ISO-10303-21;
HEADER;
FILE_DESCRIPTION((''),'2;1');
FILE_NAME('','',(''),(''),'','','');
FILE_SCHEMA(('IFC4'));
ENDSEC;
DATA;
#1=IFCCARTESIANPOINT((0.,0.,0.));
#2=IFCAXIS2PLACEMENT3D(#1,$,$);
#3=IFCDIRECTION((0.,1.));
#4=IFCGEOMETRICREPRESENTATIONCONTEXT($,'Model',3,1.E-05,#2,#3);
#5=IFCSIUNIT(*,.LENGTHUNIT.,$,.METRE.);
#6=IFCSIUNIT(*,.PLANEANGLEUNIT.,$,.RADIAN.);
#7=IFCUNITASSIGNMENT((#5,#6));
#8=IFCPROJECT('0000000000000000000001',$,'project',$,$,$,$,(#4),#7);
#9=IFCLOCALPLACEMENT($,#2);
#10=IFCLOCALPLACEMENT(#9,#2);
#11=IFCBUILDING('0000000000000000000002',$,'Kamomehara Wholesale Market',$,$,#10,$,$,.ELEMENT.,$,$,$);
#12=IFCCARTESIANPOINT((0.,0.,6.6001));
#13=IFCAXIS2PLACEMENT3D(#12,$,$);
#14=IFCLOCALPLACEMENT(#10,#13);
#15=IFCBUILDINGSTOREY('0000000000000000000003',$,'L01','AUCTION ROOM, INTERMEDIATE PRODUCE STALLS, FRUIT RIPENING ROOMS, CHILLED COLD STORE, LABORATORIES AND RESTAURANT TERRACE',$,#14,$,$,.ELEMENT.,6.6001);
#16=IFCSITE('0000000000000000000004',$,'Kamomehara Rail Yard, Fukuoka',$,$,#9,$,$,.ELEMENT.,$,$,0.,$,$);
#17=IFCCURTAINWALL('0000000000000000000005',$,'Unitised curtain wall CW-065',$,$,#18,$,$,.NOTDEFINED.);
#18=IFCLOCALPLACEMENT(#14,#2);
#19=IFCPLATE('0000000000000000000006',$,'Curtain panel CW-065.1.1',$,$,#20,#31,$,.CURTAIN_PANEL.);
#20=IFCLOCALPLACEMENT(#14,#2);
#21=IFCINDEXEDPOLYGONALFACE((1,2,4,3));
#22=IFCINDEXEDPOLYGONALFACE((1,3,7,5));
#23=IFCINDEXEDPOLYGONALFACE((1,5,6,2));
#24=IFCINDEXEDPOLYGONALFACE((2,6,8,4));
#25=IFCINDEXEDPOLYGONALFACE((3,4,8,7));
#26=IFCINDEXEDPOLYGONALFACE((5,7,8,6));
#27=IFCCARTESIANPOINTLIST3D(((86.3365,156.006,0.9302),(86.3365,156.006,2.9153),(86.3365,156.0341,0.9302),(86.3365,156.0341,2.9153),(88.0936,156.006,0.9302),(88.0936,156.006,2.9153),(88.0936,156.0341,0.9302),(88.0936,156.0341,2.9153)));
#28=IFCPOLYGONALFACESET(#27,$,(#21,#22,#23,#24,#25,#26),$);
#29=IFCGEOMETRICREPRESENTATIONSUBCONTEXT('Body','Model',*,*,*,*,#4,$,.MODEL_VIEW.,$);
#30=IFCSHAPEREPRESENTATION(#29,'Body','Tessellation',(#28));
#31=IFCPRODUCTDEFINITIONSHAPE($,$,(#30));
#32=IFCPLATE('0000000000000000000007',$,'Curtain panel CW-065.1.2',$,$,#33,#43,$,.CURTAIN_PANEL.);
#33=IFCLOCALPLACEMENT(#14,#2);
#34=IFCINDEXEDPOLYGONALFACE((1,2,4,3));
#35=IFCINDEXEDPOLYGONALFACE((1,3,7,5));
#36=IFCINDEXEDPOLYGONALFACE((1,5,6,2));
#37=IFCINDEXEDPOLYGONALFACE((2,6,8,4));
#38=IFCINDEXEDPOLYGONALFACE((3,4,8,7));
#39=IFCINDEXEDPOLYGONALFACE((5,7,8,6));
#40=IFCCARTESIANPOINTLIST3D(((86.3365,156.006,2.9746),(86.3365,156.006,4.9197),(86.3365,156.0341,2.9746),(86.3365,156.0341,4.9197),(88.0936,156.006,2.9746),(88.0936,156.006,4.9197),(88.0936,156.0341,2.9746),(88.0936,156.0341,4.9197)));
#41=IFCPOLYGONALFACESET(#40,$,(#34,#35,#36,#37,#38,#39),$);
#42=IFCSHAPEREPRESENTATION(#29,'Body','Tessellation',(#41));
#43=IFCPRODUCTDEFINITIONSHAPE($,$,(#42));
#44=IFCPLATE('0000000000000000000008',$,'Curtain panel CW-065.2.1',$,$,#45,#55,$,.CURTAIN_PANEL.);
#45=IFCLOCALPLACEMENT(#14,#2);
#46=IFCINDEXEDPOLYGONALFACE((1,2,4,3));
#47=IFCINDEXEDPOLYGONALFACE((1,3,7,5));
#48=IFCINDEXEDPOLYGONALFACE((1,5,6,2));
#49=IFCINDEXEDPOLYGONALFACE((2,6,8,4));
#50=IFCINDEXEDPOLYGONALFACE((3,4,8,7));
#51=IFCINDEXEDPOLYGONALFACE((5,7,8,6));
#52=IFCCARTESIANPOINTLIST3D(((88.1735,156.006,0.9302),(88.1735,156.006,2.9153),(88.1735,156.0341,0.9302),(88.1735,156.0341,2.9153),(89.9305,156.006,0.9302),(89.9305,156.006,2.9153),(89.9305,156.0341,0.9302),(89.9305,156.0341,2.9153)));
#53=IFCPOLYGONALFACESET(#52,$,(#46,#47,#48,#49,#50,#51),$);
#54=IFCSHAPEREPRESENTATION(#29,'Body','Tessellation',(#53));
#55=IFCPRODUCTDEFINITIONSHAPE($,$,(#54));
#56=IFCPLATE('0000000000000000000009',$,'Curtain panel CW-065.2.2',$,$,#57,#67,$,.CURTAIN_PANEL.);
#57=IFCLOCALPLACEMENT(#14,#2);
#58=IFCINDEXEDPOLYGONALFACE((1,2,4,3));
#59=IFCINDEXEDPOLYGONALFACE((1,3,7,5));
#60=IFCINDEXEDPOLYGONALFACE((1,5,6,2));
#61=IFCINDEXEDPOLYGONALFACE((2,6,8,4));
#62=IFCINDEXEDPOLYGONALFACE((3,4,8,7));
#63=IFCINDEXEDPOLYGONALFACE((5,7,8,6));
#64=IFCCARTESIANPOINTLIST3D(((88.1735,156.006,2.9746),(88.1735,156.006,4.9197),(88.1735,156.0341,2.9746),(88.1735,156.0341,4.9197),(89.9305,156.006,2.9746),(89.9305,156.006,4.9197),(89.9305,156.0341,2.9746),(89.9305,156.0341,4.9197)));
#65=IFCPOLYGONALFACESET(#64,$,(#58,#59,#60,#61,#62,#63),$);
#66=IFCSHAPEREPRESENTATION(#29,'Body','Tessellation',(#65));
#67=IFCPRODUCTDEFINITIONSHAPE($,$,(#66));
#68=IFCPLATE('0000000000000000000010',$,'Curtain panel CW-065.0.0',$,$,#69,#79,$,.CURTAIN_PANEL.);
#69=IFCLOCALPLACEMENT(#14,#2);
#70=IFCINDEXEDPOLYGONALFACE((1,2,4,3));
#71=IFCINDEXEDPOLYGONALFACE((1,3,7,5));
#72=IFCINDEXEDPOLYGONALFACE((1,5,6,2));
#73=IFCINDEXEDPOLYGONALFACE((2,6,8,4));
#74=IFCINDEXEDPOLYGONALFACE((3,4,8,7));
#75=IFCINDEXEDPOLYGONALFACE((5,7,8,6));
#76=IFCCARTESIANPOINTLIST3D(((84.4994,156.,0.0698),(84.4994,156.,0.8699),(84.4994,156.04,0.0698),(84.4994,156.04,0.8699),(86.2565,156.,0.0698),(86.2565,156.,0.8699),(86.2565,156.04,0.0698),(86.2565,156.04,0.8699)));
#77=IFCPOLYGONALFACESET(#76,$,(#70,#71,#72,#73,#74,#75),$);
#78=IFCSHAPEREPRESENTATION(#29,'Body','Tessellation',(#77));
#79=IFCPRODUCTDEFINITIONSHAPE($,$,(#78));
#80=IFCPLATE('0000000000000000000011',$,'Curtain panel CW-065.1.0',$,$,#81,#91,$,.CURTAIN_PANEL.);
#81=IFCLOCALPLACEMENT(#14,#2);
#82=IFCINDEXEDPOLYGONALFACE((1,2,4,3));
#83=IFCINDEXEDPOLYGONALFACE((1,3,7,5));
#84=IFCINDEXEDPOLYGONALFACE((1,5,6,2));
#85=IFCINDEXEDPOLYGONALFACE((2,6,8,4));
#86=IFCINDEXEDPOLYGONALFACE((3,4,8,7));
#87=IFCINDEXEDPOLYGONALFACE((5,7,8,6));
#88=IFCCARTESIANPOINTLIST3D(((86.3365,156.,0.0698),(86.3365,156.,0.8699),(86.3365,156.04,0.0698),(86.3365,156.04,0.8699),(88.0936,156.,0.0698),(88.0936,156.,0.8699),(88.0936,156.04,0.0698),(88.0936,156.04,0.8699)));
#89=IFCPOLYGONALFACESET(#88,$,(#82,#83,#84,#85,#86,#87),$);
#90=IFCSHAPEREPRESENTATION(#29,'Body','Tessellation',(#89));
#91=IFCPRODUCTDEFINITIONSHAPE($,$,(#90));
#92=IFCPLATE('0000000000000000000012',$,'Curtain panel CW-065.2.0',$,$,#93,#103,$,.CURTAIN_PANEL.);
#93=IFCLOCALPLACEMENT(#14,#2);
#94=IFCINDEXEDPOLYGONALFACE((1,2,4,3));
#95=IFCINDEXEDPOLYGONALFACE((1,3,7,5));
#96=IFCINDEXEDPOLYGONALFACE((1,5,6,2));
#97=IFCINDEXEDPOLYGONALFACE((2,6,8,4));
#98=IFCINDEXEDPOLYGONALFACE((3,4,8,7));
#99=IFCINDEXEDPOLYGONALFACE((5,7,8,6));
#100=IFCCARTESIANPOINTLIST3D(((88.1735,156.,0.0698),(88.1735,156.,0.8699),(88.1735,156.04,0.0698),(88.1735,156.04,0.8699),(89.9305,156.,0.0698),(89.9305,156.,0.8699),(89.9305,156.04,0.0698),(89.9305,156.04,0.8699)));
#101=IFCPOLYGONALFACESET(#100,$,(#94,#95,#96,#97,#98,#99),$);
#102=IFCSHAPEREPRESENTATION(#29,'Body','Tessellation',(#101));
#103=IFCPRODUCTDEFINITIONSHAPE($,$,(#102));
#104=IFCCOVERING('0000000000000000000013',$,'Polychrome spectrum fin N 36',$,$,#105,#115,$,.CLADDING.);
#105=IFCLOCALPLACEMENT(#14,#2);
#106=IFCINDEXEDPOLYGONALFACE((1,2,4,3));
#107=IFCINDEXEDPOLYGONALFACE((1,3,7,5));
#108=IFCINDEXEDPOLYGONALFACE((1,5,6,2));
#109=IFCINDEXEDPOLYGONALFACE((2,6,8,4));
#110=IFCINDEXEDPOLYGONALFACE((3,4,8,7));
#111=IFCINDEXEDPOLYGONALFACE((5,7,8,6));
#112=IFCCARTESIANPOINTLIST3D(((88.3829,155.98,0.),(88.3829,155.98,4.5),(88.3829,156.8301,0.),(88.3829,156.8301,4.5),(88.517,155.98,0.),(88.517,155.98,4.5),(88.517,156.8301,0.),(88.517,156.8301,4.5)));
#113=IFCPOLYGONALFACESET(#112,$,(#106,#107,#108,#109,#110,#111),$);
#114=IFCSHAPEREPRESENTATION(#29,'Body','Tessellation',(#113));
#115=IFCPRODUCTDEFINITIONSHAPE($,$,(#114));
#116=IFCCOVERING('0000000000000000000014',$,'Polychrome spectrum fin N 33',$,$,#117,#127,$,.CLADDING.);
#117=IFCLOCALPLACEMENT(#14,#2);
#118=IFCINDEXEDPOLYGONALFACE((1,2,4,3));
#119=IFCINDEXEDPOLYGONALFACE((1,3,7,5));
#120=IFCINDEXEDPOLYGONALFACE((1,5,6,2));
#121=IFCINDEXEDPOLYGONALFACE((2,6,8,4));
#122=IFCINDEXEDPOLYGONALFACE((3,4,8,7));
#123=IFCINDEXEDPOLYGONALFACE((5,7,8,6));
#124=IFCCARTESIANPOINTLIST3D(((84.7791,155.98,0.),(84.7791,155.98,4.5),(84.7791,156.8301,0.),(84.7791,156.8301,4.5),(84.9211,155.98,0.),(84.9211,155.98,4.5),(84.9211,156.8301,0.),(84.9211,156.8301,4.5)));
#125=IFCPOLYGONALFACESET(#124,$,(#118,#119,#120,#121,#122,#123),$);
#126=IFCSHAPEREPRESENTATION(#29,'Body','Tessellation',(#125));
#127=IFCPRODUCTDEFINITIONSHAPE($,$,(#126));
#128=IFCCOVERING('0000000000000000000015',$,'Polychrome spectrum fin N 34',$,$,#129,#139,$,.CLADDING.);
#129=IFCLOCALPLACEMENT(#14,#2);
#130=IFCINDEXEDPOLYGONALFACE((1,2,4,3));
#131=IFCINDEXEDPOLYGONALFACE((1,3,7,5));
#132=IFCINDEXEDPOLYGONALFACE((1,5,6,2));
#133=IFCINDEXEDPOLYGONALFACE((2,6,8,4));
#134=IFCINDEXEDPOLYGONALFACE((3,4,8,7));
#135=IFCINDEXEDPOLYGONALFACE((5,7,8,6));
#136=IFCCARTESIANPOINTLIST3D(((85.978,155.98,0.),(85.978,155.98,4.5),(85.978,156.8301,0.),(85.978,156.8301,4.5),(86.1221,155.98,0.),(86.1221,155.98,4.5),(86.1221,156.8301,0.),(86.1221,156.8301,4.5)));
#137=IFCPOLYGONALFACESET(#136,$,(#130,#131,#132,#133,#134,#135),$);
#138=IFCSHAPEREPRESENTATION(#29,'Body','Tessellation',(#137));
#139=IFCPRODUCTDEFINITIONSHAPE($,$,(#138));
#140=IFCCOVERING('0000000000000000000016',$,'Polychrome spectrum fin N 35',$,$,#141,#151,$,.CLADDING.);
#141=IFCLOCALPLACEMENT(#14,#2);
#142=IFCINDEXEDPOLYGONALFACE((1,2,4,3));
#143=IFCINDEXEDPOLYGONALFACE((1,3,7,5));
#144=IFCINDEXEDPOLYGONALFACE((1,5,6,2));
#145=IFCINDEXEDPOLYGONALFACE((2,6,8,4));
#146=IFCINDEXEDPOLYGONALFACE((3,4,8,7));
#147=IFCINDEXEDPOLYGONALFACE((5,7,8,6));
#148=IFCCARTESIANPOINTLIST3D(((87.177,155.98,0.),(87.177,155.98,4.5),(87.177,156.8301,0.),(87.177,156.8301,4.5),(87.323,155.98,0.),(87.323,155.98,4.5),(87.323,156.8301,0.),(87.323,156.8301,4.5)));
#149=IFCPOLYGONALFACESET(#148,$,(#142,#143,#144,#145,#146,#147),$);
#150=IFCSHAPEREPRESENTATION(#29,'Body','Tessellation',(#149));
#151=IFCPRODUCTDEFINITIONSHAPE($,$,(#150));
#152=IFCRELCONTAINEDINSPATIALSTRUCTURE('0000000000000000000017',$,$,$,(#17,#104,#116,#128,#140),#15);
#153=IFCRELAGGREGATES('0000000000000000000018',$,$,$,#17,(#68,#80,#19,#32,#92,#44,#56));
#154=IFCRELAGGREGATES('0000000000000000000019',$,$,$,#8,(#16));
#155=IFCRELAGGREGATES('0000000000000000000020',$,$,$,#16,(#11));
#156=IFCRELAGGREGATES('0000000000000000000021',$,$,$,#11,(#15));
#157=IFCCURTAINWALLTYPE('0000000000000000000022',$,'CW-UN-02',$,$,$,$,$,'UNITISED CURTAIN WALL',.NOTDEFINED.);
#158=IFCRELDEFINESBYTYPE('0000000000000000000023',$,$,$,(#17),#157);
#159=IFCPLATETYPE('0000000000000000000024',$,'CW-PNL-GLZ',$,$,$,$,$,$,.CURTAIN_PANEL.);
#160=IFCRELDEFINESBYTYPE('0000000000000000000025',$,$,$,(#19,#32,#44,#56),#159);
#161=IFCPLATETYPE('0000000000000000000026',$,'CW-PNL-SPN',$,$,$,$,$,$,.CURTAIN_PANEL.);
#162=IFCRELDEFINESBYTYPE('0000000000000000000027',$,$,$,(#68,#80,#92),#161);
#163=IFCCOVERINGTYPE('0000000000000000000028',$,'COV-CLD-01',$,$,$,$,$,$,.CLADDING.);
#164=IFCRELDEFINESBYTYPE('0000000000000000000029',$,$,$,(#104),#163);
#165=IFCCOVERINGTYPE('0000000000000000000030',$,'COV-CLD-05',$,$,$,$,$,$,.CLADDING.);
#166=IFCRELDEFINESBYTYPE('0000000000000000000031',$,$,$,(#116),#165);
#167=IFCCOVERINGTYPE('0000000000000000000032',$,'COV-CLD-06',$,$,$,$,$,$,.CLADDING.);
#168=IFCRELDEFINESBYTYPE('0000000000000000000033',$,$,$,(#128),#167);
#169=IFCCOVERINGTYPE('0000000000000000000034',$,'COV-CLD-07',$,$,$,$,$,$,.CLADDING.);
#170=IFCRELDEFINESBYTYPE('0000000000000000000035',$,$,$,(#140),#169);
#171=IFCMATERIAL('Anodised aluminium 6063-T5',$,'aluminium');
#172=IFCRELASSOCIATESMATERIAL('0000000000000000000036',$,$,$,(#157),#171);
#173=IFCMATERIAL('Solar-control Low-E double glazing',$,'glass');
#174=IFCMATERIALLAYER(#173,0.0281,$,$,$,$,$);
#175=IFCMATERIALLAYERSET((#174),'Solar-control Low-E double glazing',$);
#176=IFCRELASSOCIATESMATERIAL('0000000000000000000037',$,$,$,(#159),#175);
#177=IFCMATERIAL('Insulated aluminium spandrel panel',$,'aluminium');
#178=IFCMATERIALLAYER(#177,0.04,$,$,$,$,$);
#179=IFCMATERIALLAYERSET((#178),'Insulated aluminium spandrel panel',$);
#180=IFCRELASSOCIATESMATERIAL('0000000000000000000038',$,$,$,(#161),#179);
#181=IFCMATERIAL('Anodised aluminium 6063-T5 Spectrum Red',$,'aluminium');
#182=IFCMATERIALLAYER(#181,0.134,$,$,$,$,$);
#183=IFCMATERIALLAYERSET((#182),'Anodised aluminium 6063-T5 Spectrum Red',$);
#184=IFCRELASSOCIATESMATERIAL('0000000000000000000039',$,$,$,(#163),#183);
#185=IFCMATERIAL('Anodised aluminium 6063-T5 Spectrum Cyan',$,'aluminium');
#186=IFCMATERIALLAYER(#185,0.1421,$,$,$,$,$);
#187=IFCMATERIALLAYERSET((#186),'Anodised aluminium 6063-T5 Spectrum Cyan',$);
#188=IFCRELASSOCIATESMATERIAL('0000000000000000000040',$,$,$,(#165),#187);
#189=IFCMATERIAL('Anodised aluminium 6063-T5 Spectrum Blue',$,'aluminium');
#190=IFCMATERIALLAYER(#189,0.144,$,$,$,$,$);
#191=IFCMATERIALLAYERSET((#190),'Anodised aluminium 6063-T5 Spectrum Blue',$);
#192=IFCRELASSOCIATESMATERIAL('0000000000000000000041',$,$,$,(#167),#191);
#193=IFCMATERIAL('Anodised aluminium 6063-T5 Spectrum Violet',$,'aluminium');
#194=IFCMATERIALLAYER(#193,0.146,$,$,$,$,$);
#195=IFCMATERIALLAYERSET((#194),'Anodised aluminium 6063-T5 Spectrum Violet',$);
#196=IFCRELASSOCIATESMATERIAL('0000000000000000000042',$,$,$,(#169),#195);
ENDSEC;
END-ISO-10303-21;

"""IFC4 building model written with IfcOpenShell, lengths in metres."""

from ifc_helpers import new_model, si_unit, direction, frame, origin, origin_2d, place, context, subcontext, project, spatial, rectangle, extrude, material, layer, layer_set, type_object, element, aggregate, save


model = new_model("IFC4")

# Units and contexts
model_context = context("Model", 3, precision=1e-05, world=origin(), true_north=direction((0.0, 1.0)))
body_context = subcontext(model_context, "Body", "Model", "MODEL_VIEW")
ifc_project = project(units=[si_unit("LENGTHUNIT", "METRE"), si_unit("PLANEANGLEUNIT", "RADIAN")], contexts=[model_context])

# Site, building, storey
site_placement = place(None, origin())
site = spatial("IfcSite", under=ifc_project, at=site_placement, Name="Kamomehara Rail Yard, Fukuoka", CompositionType="ELEMENT", RefElevation=0.0)
building_placement = place(site_placement, origin())
building = spatial("IfcBuilding", under=site, at=building_placement, Name="Kamomehara Wholesale Market", CompositionType="ELEMENT")
storey_placement = place(building_placement, frame((0.0, 0.0, 6.6001)))
storey = spatial("IfcBuildingStorey", under=building, at=storey_placement, Name="L01", Description="AUCTION ROOM, INTERMEDIATE PRODUCE STALLS, FRUIT RIPENING ROOMS, CHILLED COLD STORE, LABORATORIES AND RESTAURANT TERRACE", CompositionType="ELEMENT", Elevation=6.6001)

# Curtain wall
ifc_material_1 = material(Name="Anodised aluminium 6063-T5", Category="aluminium")
curtain_wall_type = type_object("IfcCurtainWallType", Name="CW-UN-02", ElementType="UNITISED CURTAIN WALL", PredefinedType="NOTDEFINED", material=ifc_material_1)
curtain_wall_1_placement = place(storey_placement, origin())
curtain_wall_1 = element("IfcCurtainWall", 1, at=curtain_wall_1_placement, inside=storey, type_object=curtain_wall_type, Name="Unitised curtain wall CW-065", PredefinedType="NOTDEFINED")

# Plates
ifc_material_2 = material(Name="Solar-control Low-E double glazing", Category="glass")
ifc_layer_1 = layer(ifc_material_2, 0.0281)
ifc_layer_set_1 = layer_set([ifc_layer_1], Name="Solar-control Low-E double glazing")
plate_type_1 = type_object("IfcPlateType", Name="CW-PNL-GLZ", PredefinedType="CURTAIN_PANEL", material=ifc_layer_set_1)
plate_1_placement = place(storey_placement, frame((87.2151, 156.02, 0.9302), z_axis=(0.0, 0.0, 1.0), x_axis=(1.0, 0.0, 0.0)))
plate_1 = element("IfcPlate", 2, at=plate_1_placement, type_object=plate_type_1, Name="Curtain panel CW-065.1.1", PredefinedType="CURTAIN_PANEL", context=body_context, shape_type="SweptSolid", body=[
    extrude(rectangle(XDim=1.7571, YDim=0.0281, at=origin_2d()), origin(), (0.0, 0.0, 1.0), 1.9851),
])
plate_2_placement = place(storey_placement, frame((87.2151, 156.02, 2.9746), z_axis=(0.0, 0.0, 1.0), x_axis=(1.0, 0.0, 0.0)))
plate_2 = element("IfcPlate", 3, at=plate_2_placement, type_object=plate_type_1, Name="Curtain panel CW-065.1.2", PredefinedType="CURTAIN_PANEL", context=body_context, shape_type="SweptSolid", body=[
    extrude(rectangle(XDim=1.7571, YDim=0.0281, at=origin_2d()), origin(), (0.0, 0.0, 1.0), 1.9451),
])
plate_3_placement = place(storey_placement, frame((89.052, 156.02, 0.9302), z_axis=(0.0, 0.0, 1.0), x_axis=(1.0, 0.0, 0.0)))
plate_3 = element("IfcPlate", 4, at=plate_3_placement, type_object=plate_type_1, Name="Curtain panel CW-065.2.1", PredefinedType="CURTAIN_PANEL", context=body_context, shape_type="SweptSolid", body=[
    extrude(rectangle(XDim=1.7571, YDim=0.0281, at=origin_2d()), origin(), (0.0, 0.0, 1.0), 1.9851),
])
plate_4_placement = place(storey_placement, frame((89.052, 156.02, 2.9746), z_axis=(0.0, 0.0, 1.0), x_axis=(1.0, 0.0, 0.0)))
plate_4 = element("IfcPlate", 5, at=plate_4_placement, type_object=plate_type_1, Name="Curtain panel CW-065.2.2", PredefinedType="CURTAIN_PANEL", context=body_context, shape_type="SweptSolid", body=[
    extrude(rectangle(XDim=1.7571, YDim=0.0281, at=origin_2d()), origin(), (0.0, 0.0, 1.0), 1.9451),
])
ifc_material_3 = material(Name="Insulated aluminium spandrel panel", Category="aluminium")
ifc_layer_2 = layer(ifc_material_3, 0.04)
ifc_layer_set_2 = layer_set([ifc_layer_2], Name="Insulated aluminium spandrel panel")
plate_type_2 = type_object("IfcPlateType", Name="CW-PNL-SPN", PredefinedType="CURTAIN_PANEL", material=ifc_layer_set_2)
plate_5_placement = place(storey_placement, frame((85.3779, 156.02, 0.0698), z_axis=(0.0, 0.0, 1.0), x_axis=(1.0, 0.0, 0.0)))
plate_5 = element("IfcPlate", 6, at=plate_5_placement, type_object=plate_type_2, Name="Curtain panel CW-065.0.0", PredefinedType="CURTAIN_PANEL", context=body_context, shape_type="SweptSolid", body=[
    extrude(rectangle(XDim=1.7571, YDim=0.04, at=origin_2d()), origin(), (0.0, 0.0, 1.0), 0.8),
])
plate_6_placement = place(storey_placement, frame((87.2151, 156.02, 0.0698), z_axis=(0.0, 0.0, 1.0), x_axis=(1.0, 0.0, 0.0)))
plate_6 = element("IfcPlate", 7, at=plate_6_placement, type_object=plate_type_2, Name="Curtain panel CW-065.1.0", PredefinedType="CURTAIN_PANEL", context=body_context, shape_type="SweptSolid", body=[
    extrude(rectangle(XDim=1.7571, YDim=0.04, at=origin_2d()), origin(), (0.0, 0.0, 1.0), 0.8),
])
plate_7_placement = place(storey_placement, frame((89.052, 156.02, 0.0698), z_axis=(0.0, 0.0, 1.0), x_axis=(1.0, 0.0, 0.0)))
plate_7 = element("IfcPlate", 8, at=plate_7_placement, type_object=plate_type_2, Name="Curtain panel CW-065.2.0", PredefinedType="CURTAIN_PANEL", context=body_context, shape_type="SweptSolid", body=[
    extrude(rectangle(XDim=1.7571, YDim=0.04, at=origin_2d()), origin(), (0.0, 0.0, 1.0), 0.8),
])
aggregate(curtain_wall_1, [plate_5, plate_6, plate_1, plate_2, plate_7, plate_3, plate_4])

# Coverings
ifc_material_4 = material(Name="Anodised aluminium 6063-T5 Spectrum Red", Category="aluminium")
ifc_layer_3 = layer(ifc_material_4, 0.134)
ifc_layer_set_3 = layer_set([ifc_layer_3], Name="Anodised aluminium 6063-T5 Spectrum Red")
covering_type_1 = type_object("IfcCoveringType", Name="COV-CLD-01", PredefinedType="CLADDING", material=ifc_layer_set_3)
covering_1_placement = place(storey_placement, frame((88.45, 156.405, 0.0), z_axis=(0.0, 0.0, 1.0), x_axis=(1.0, 0.0, 0.0)))
element("IfcCovering", 9, at=covering_1_placement, inside=storey, type_object=covering_type_1, Name="Polychrome spectrum fin N 36", PredefinedType="CLADDING", context=body_context, shape_type="SweptSolid", body=[
    extrude(rectangle(XDim=0.134, YDim=0.8501, at=origin_2d()), origin(), (0.0, 0.0, 1.0), 4.5),
])
ifc_material_5 = material(Name="Anodised aluminium 6063-T5 Spectrum Cyan", Category="aluminium")
ifc_layer_4 = layer(ifc_material_5, 0.1421)
ifc_layer_set_4 = layer_set([ifc_layer_4], Name="Anodised aluminium 6063-T5 Spectrum Cyan")
covering_type_2 = type_object("IfcCoveringType", Name="COV-CLD-05", PredefinedType="CLADDING", material=ifc_layer_set_4)
covering_2_placement = place(storey_placement, frame((84.8501, 156.405, 0.0), z_axis=(0.0, 0.0, 1.0), x_axis=(1.0, 0.0, 0.0)))
element("IfcCovering", 10, at=covering_2_placement, inside=storey, type_object=covering_type_2, Name="Polychrome spectrum fin N 33", PredefinedType="CLADDING", context=body_context, shape_type="SweptSolid", body=[
    extrude(rectangle(XDim=0.1421, YDim=0.8501, at=origin_2d()), origin(), (0.0, 0.0, 1.0), 4.5),
])
ifc_material_6 = material(Name="Anodised aluminium 6063-T5 Spectrum Blue", Category="aluminium")
ifc_layer_5 = layer(ifc_material_6, 0.144)
ifc_layer_set_5 = layer_set([ifc_layer_5], Name="Anodised aluminium 6063-T5 Spectrum Blue")
covering_type_3 = type_object("IfcCoveringType", Name="COV-CLD-06", PredefinedType="CLADDING", material=ifc_layer_set_5)
covering_3_placement = place(storey_placement, frame((86.05, 156.405, 0.0), z_axis=(0.0, 0.0, 1.0), x_axis=(1.0, 0.0, 0.0)))
element("IfcCovering", 11, at=covering_3_placement, inside=storey, type_object=covering_type_3, Name="Polychrome spectrum fin N 34", PredefinedType="CLADDING", context=body_context, shape_type="SweptSolid", body=[
    extrude(rectangle(XDim=0.144, YDim=0.8501, at=origin_2d()), origin(), (0.0, 0.0, 1.0), 4.5),
])
ifc_material_7 = material(Name="Anodised aluminium 6063-T5 Spectrum Violet", Category="aluminium")
ifc_layer_6 = layer(ifc_material_7, 0.146)
ifc_layer_set_6 = layer_set([ifc_layer_6], Name="Anodised aluminium 6063-T5 Spectrum Violet")
covering_type_4 = type_object("IfcCoveringType", Name="COV-CLD-07", PredefinedType="CLADDING", material=ifc_layer_set_6)
covering_4_placement = place(storey_placement, frame((87.25, 156.405, 0.0), z_axis=(0.0, 0.0, 1.0), x_axis=(1.0, 0.0, 0.0)))
element("IfcCovering", 12, at=covering_4_placement, inside=storey, type_object=covering_type_4, Name="Polychrome spectrum fin N 35", PredefinedType="CLADDING", context=body_context, shape_type="SweptSolid", body=[
    extrude(rectangle(XDim=0.146, YDim=0.8501, at=origin_2d()), origin(), (0.0, 0.0, 1.0), 4.5),
])

save(model, "model.ifc")
